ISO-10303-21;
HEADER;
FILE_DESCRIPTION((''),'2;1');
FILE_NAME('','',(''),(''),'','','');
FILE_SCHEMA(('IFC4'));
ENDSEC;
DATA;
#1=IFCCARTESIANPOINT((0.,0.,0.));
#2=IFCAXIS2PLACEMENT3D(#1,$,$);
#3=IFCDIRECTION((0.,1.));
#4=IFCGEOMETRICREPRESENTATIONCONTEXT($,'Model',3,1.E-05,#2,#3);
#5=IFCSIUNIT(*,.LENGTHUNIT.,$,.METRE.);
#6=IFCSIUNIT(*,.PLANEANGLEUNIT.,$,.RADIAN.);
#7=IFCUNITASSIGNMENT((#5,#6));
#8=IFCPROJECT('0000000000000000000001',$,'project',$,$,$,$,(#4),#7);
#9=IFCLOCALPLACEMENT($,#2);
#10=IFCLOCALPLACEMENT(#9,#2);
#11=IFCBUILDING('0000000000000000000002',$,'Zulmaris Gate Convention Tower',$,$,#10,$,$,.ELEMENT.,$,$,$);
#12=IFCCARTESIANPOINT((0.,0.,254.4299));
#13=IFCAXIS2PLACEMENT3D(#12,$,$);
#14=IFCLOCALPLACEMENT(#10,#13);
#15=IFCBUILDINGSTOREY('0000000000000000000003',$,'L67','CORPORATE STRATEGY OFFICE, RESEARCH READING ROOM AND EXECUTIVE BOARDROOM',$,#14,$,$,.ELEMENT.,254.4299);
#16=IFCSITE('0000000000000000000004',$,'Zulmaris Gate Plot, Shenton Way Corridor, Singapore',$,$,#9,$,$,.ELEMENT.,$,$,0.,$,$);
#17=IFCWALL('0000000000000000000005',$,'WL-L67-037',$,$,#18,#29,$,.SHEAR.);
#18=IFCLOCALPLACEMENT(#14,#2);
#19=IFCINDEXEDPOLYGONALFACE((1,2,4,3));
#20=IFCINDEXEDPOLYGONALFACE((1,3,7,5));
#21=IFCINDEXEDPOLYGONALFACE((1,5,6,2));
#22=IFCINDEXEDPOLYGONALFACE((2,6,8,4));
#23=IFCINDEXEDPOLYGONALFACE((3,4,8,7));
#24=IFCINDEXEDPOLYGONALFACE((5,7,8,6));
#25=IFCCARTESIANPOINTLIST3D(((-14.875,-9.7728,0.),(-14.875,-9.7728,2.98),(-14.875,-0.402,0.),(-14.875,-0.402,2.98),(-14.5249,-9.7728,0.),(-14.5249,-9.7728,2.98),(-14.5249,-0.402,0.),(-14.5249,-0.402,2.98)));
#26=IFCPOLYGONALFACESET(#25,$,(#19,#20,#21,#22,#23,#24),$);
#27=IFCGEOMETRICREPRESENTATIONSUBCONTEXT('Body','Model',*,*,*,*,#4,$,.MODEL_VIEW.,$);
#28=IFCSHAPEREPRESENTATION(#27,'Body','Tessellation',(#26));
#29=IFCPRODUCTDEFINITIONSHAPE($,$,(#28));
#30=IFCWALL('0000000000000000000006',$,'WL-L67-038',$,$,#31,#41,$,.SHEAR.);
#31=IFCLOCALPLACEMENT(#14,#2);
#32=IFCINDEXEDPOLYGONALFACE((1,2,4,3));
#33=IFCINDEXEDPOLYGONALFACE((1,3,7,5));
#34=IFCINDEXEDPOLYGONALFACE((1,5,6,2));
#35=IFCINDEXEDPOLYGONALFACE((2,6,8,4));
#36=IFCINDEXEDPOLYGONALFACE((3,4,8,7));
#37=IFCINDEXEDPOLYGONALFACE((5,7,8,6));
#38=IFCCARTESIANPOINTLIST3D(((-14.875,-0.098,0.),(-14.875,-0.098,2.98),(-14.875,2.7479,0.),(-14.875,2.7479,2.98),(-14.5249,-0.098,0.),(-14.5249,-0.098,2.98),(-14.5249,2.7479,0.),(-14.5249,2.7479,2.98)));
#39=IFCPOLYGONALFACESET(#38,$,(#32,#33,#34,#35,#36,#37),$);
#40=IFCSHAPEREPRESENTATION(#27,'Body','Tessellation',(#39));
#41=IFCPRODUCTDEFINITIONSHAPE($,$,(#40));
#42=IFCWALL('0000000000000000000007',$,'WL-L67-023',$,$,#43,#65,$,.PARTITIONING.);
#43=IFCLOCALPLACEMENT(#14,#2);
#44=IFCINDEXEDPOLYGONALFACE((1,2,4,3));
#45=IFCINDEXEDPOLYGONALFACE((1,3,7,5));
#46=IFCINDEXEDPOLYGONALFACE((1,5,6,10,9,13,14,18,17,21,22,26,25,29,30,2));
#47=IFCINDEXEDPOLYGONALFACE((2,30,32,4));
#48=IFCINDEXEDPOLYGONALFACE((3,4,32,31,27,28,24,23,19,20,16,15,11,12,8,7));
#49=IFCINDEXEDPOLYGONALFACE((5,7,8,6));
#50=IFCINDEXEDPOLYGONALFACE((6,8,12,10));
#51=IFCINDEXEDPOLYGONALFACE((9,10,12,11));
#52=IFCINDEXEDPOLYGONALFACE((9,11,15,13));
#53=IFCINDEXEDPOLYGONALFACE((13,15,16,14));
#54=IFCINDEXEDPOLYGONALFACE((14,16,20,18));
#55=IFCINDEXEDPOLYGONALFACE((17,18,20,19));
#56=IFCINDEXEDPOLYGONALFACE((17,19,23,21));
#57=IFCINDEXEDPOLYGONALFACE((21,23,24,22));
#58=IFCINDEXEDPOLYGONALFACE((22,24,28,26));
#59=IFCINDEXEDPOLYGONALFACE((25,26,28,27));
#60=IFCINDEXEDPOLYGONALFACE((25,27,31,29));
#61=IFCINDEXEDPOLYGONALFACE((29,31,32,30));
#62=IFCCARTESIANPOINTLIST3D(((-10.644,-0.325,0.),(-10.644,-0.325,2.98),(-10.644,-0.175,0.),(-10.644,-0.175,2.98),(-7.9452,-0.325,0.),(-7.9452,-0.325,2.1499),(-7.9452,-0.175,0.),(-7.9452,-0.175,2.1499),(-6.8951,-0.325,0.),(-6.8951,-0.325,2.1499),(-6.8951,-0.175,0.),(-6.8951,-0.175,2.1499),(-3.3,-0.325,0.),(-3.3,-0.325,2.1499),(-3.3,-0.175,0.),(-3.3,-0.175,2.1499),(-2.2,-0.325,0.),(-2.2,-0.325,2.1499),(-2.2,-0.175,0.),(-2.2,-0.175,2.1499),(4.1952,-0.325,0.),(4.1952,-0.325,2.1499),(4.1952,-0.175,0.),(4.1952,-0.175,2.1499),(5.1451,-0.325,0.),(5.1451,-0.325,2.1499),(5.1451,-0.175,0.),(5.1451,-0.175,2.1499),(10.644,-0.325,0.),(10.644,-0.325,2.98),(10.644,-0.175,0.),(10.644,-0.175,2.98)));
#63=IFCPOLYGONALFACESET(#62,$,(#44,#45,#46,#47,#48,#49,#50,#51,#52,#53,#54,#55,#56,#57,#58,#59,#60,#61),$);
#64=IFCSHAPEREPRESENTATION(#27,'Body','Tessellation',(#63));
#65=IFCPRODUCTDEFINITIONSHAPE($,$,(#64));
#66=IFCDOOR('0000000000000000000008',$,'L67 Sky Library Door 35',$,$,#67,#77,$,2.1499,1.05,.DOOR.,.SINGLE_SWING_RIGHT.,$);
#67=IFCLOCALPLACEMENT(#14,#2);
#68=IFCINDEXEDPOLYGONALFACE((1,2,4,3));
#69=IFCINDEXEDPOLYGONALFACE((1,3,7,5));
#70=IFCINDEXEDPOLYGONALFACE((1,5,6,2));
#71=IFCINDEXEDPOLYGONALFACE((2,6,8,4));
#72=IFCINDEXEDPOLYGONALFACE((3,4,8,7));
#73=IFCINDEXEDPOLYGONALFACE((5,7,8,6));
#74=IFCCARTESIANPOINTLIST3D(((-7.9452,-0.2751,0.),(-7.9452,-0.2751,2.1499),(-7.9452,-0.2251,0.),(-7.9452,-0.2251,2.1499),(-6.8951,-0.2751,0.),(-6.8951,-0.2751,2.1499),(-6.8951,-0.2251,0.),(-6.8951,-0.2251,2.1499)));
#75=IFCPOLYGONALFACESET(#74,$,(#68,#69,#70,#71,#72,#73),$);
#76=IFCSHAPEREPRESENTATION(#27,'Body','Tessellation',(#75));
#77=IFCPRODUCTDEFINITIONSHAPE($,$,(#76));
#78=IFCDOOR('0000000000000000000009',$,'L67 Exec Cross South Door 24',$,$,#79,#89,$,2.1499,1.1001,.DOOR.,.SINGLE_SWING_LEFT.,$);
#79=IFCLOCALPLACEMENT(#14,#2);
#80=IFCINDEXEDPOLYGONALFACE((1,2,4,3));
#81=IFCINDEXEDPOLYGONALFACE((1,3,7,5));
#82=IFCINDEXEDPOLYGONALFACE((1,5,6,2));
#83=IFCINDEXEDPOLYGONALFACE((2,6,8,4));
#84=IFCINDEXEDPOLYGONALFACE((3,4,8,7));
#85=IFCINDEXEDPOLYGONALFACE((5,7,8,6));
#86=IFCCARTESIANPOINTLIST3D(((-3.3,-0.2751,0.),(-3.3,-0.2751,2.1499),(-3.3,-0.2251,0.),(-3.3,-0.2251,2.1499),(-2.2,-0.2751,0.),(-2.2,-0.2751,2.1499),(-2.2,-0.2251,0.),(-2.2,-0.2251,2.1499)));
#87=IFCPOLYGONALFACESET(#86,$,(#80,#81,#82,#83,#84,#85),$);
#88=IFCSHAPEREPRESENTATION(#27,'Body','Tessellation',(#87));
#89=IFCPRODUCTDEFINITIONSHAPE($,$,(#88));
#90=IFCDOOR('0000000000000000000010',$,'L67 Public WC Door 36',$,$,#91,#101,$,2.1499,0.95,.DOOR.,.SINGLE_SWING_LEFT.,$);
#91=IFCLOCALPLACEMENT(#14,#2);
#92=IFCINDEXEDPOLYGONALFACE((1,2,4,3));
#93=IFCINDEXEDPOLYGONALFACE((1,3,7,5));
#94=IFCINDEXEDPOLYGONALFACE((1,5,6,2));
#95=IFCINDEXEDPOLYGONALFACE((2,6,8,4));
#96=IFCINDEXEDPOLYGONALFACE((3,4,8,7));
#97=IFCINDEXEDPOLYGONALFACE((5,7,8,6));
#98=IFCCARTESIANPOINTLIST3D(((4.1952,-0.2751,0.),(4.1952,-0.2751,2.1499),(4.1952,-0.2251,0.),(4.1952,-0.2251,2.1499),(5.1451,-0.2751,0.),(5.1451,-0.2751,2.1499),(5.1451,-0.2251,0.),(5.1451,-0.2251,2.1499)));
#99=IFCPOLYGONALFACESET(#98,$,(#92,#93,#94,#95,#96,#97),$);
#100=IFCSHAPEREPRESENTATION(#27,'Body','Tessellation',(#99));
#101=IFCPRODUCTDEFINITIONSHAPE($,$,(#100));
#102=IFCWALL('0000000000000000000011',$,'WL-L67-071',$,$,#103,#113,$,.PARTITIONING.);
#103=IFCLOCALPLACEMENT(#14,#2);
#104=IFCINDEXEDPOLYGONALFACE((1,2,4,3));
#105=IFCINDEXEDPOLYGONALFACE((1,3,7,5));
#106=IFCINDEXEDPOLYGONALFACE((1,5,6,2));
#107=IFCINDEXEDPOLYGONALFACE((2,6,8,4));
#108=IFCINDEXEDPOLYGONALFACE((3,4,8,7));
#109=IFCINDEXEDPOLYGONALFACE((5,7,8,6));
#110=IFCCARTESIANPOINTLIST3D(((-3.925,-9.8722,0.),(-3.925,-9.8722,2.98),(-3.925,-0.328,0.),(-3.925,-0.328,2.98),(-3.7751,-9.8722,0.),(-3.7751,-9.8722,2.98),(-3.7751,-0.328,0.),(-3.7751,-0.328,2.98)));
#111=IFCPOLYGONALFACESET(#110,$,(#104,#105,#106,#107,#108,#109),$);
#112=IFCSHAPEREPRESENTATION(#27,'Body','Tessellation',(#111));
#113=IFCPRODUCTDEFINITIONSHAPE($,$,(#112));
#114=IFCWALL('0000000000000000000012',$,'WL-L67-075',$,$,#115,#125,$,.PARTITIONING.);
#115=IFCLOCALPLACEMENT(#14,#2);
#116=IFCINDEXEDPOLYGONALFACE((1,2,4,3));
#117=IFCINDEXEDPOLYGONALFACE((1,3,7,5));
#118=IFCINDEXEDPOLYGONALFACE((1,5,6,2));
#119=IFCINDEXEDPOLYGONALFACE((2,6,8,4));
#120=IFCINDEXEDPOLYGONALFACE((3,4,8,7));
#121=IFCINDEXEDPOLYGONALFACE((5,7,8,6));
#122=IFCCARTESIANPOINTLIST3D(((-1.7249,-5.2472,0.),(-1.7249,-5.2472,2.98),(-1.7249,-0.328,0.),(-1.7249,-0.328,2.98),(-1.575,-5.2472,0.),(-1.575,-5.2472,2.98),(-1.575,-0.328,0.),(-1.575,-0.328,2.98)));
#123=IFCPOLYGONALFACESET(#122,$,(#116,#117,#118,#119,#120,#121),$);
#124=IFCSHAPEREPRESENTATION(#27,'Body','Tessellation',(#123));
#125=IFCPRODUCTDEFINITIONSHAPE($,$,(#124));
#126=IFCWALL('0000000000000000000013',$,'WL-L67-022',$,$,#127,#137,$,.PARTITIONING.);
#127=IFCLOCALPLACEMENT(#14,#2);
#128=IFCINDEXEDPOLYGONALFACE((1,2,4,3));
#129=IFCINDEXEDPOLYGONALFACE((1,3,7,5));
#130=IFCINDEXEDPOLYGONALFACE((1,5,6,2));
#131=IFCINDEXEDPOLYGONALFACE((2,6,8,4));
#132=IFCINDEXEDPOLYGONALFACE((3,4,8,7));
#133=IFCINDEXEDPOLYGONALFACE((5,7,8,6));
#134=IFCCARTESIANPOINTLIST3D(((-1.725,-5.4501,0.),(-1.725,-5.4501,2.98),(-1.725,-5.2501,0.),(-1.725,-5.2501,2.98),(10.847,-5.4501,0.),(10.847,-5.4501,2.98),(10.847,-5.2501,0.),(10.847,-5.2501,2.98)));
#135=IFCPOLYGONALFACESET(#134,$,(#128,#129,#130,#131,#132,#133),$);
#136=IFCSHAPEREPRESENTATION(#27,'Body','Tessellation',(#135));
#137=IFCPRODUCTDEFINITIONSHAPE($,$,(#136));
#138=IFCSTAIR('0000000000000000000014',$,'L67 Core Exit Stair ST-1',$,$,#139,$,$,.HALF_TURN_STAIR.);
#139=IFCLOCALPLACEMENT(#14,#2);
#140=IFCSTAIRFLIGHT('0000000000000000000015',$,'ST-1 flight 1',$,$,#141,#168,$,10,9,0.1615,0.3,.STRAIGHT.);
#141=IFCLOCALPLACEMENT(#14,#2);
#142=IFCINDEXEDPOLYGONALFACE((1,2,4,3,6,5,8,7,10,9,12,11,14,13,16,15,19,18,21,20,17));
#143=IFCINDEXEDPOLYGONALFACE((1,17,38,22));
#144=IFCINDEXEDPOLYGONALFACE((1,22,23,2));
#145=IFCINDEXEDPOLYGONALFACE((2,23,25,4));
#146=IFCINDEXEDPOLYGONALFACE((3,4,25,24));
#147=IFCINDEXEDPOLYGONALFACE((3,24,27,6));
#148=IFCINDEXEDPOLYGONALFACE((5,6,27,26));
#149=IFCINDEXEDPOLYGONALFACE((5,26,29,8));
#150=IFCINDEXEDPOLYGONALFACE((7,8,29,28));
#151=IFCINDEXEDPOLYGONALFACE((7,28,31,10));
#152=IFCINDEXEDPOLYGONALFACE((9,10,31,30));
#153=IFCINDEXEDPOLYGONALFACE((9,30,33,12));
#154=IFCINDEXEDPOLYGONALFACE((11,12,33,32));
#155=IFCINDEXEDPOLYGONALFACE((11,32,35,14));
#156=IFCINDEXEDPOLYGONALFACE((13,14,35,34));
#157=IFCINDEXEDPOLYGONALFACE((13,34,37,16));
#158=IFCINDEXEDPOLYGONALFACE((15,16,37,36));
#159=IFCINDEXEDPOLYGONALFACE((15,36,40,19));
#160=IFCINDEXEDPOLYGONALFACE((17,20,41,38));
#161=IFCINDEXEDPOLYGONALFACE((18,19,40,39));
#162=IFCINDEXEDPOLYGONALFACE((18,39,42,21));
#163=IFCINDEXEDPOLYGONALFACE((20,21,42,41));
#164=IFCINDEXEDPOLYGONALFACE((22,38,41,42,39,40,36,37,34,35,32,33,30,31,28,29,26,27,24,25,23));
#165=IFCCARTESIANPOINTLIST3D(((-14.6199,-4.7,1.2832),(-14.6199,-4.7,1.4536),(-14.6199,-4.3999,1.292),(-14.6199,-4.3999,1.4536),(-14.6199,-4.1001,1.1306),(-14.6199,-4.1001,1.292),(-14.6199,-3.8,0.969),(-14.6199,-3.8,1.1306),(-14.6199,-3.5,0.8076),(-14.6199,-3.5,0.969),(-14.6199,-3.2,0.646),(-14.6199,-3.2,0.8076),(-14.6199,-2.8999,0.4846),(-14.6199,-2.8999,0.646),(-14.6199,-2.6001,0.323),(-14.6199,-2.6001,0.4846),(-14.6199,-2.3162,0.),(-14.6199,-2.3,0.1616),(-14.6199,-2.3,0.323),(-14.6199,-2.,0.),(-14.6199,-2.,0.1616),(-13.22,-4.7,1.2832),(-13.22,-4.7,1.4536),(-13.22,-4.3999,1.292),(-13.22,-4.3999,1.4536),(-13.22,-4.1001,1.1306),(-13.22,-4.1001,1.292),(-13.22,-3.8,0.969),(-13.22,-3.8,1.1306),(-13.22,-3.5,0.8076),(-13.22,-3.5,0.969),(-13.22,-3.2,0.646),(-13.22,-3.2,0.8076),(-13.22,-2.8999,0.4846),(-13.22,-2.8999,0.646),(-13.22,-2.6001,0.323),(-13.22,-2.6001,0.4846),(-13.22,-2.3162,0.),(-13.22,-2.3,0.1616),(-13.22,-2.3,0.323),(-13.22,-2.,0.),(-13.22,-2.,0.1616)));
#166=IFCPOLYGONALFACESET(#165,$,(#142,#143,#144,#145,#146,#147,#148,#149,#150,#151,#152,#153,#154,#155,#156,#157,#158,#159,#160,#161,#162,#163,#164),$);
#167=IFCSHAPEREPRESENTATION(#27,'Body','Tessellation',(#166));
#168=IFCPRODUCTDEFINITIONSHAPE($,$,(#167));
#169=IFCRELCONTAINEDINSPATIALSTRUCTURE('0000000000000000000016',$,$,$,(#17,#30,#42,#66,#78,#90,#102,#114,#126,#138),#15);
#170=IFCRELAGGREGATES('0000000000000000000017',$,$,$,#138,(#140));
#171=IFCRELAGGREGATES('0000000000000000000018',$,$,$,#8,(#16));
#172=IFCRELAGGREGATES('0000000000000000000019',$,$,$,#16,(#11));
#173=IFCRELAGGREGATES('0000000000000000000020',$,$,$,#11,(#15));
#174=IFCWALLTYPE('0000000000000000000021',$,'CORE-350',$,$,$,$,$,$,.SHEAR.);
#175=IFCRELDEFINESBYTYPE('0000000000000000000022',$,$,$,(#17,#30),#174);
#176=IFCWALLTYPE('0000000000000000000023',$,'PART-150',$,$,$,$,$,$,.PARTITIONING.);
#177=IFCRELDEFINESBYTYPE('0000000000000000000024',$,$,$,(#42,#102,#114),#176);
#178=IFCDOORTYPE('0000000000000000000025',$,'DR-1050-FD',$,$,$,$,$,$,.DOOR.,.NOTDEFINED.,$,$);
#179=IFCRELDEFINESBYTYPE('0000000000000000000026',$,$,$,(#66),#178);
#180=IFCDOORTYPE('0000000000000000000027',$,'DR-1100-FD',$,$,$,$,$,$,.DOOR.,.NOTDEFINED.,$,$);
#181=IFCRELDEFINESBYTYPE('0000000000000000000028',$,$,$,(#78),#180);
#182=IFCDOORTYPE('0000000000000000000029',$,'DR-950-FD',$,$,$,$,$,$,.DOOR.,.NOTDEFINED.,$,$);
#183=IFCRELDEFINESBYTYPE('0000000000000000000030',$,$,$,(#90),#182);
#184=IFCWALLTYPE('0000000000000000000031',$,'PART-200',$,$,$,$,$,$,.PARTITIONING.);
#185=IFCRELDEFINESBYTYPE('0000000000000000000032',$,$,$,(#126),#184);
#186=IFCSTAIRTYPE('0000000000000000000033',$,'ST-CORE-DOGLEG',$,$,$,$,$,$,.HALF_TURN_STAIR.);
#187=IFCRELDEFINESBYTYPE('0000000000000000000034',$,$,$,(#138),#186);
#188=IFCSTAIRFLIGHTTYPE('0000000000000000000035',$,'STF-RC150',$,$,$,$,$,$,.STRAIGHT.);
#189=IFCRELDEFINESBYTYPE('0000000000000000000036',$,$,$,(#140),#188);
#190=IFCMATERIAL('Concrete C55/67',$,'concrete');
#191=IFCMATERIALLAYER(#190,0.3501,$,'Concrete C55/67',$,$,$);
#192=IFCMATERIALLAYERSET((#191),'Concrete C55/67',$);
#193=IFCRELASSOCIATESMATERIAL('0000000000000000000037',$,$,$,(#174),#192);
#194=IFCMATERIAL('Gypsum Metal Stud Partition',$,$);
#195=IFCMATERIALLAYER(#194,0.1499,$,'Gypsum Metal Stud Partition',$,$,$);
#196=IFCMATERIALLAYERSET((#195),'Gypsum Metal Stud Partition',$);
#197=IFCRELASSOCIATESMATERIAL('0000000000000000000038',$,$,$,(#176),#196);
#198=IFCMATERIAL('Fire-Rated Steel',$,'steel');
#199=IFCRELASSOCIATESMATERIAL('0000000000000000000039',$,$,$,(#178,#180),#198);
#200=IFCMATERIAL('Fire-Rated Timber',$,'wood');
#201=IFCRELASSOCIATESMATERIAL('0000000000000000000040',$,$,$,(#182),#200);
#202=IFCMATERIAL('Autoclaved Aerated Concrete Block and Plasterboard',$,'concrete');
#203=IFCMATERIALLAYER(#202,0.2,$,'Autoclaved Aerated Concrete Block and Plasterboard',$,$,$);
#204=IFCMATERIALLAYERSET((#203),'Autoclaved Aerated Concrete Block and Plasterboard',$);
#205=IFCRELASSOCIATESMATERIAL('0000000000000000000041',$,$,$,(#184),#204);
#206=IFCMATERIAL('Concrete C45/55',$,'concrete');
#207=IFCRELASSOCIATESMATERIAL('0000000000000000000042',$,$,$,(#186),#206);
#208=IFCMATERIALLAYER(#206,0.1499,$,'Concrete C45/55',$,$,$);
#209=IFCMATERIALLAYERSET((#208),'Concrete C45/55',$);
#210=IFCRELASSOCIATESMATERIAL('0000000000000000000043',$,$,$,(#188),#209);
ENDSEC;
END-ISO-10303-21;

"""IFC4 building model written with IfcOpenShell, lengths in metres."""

from ifc_helpers import new_model, si_unit, direction, frame, frame_2d, origin, place, context, subcontext, project, spatial, polyline, rectangle, outline, extrude, material, layer, layer_set, type_object, element, fill, aggregate, save


model = new_model("IFC4")

# Units and contexts
model_context = context("Model", 3, precision=1e-05, world=origin(), true_north=direction((0.0, 1.0)))
body_context = subcontext(model_context, "Body", "Model", "MODEL_VIEW")
ifc_project = project(units=[si_unit("LENGTHUNIT", "METRE"), si_unit("PLANEANGLEUNIT", "RADIAN")], contexts=[model_context])

# Site, building, storey
site_placement = place(None, origin())
site = spatial("IfcSite", under=ifc_project, at=site_placement, Name="Zulmaris Gate Plot, Shenton Way Corridor, Singapore", CompositionType="ELEMENT", RefElevation=0.0)
building_placement = place(site_placement, origin())
building = spatial("IfcBuilding", under=site, at=building_placement, Name="Zulmaris Gate Convention Tower", CompositionType="ELEMENT")
storey_placement = place(building_placement, frame((0.0, 0.0, 254.4299)))
storey = spatial("IfcBuildingStorey", under=building, at=storey_placement, Name="L67", Description="CORPORATE STRATEGY OFFICE, RESEARCH READING ROOM AND EXECUTIVE BOARDROOM", CompositionType="ELEMENT", Elevation=254.4299)

# Walls
ifc_material_1 = material(Name="Concrete C55/67", Category="concrete")
ifc_layer_1 = layer(ifc_material_1, 0.3501, Name="Concrete C55/67")
ifc_layer_set_1 = layer_set([ifc_layer_1], Name="Concrete C55/67")
wall_type_1 = type_object("IfcWallType", Name="CORE-350", PredefinedType="SHEAR", material=ifc_layer_set_1)
wall_1_placement = place(storey_placement, frame((-14.7, -9.7729, 0.0), z_axis=(0.0, 0.0, 1.0), x_axis=(0.0, 1.0, 0.0)))
element("IfcWall", 1, at=wall_1_placement, inside=storey, type_object=wall_type_1, Name="WL-L67-037", PredefinedType="SHEAR", context=body_context, shape_type="SweptSolid", body=[
    extrude(rectangle(XDim=9.3708, YDim=0.3501, at=frame_2d((4.6855, 0.0))), origin(), (0.0, 0.0, 1.0), 2.98),
])
wall_2_placement = place(storey_placement, frame((-14.7, -0.0979, 0.0), z_axis=(0.0, 0.0, 1.0), x_axis=(0.0, 1.0, 0.0)))
element("IfcWall", 2, at=wall_2_placement, inside=storey, type_object=wall_type_1, Name="WL-L67-038", PredefinedType="SHEAR", context=body_context, shape_type="SweptSolid", body=[
    extrude(rectangle(XDim=2.8459, YDim=0.3501, at=frame_2d((1.4229, 0.0))), origin(), (0.0, 0.0, 1.0), 2.98),
])

# Wall, openings, doors
ifc_material_2 = material(Name="Gypsum Metal Stud Partition")
ifc_layer_2 = layer(ifc_material_2, 0.1499, Name="Gypsum Metal Stud Partition")
ifc_layer_set_2 = layer_set([ifc_layer_2], Name="Gypsum Metal Stud Partition")
wall_type_2 = type_object("IfcWallType", Name="PART-150", PredefinedType="PARTITIONING", material=ifc_layer_set_2)
wall_3_placement = place(storey_placement, frame((-10.644, -0.25, 0.0), z_axis=(0.0, 0.0, 1.0), x_axis=(1.0, 0.0, 0.0)))
wall_3 = element("IfcWall", 3, at=wall_3_placement, inside=storey, type_object=wall_type_2, Name="WL-L67-023", PredefinedType="PARTITIONING", context=body_context, shape_type="SweptSolid", body=[
    extrude(rectangle(XDim=21.2881, YDim=0.1499, at=frame_2d((10.644, 0.0))), origin(), (0.0, 0.0, 1.0), 2.98),
])
opening_1_placement = place(wall_3_placement, frame((7.344, 0.0, 0.0)))
opening_1 = element("IfcOpeningElement", 4, at=opening_1_placement, cuts=wall_3, PredefinedType="OPENING", context=body_context, shape_type="SweptSolid", body=[
    extrude(rectangle(XDim=1.1001, YDim=2.1499, at=frame_2d((0.55, 1.075))), frame((0.0, 0.085, 0.0), z_axis=(0.0, -1.0, 0.0), x_axis=(1.0, 0.0, 0.0)), (0.0, 0.0, 1.0), 0.1699),
])
opening_2_placement = place(wall_3_placement, frame((2.699, 0.0, 0.0)))
opening_2 = element("IfcOpeningElement", 5, at=opening_2_placement, cuts=wall_3, PredefinedType="OPENING", context=body_context, shape_type="SweptSolid", body=[
    extrude(rectangle(XDim=1.05, YDim=2.1499, at=frame_2d((0.5249, 1.075))), frame((0.0, 0.085, 0.0), z_axis=(0.0, -1.0, 0.0), x_axis=(1.0, 0.0, 0.0)), (0.0, 0.0, 1.0), 0.1699),
])
opening_3_placement = place(wall_3_placement, frame((14.8391, 0.0, 0.0)))
opening_3 = element("IfcOpeningElement", 6, at=opening_3_placement, cuts=wall_3, PredefinedType="OPENING", context=body_context, shape_type="SweptSolid", body=[
    extrude(rectangle(XDim=0.95, YDim=2.1499, at=frame_2d((0.4751, 1.075))), frame((0.0, 0.085, 0.0), z_axis=(0.0, -1.0, 0.0), x_axis=(1.0, 0.0, 0.0)), (0.0, 0.0, 1.0), 0.1699),
])
ifc_material_3 = material(Name="Fire-Rated Steel", Category="steel")
door_type_1 = type_object("IfcDoorType", Name="DR-1050-FD", OperationType="NOTDEFINED", PredefinedType="DOOR", material=ifc_material_3)
door_1_placement = place(opening_2_placement, origin())
door_1 = element("IfcDoor", 7, at=door_1_placement, inside=storey, type_object=door_type_1, Name="L67 Sky Library Door 35", OperationType="SINGLE_SWING_RIGHT", OverallHeight=2.1499, OverallWidth=1.05, PredefinedType="DOOR", context=body_context, shape_type="SweptSolid", body=[
    extrude(rectangle(XDim=1.05, YDim=2.1499, at=frame_2d((0.5249, 1.075))), frame((0.0, 0.0249, 0.0), z_axis=(0.0, -1.0, 0.0), x_axis=(1.0, 0.0, 0.0)), (0.0, 0.0, 1.0), 0.05),
])
fill(opening_2, door_1)
door_type_2 = type_object("IfcDoorType", Name="DR-1100-FD", OperationType="NOTDEFINED", PredefinedType="DOOR", material=ifc_material_3)
door_2_placement = place(opening_1_placement, origin())
door_2 = element("IfcDoor", 8, at=door_2_placement, inside=storey, type_object=door_type_2, Name="L67 Exec Cross South Door 24", OperationType="SINGLE_SWING_LEFT", OverallHeight=2.1499, OverallWidth=1.1001, PredefinedType="DOOR", context=body_context, shape_type="SweptSolid", body=[
    extrude(rectangle(XDim=1.1001, YDim=2.1499, at=frame_2d((0.55, 1.075))), frame((0.0, 0.0249, 0.0), z_axis=(0.0, -1.0, 0.0), x_axis=(1.0, 0.0, 0.0)), (0.0, 0.0, 1.0), 0.05),
])
fill(opening_1, door_2)
ifc_material_4 = material(Name="Fire-Rated Timber", Category="wood")
door_type_3 = type_object("IfcDoorType", Name="DR-950-FD", OperationType="NOTDEFINED", PredefinedType="DOOR", material=ifc_material_4)
door_3_placement = place(opening_3_placement, origin())
door_3 = element("IfcDoor", 9, at=door_3_placement, inside=storey, type_object=door_type_3, Name="L67 Public WC Door 36", OperationType="SINGLE_SWING_LEFT", OverallHeight=2.1499, OverallWidth=0.95, PredefinedType="DOOR", context=body_context, shape_type="SweptSolid", body=[
    extrude(rectangle(XDim=0.95, YDim=2.1499, at=frame_2d((0.4751, 1.075))), frame((0.0, 0.0249, 0.0), z_axis=(0.0, -1.0, 0.0), x_axis=(1.0, 0.0, 0.0)), (0.0, 0.0, 1.0), 0.05),
])
fill(opening_3, door_3)

# Wall
wall_4_placement = place(storey_placement, frame((-3.8501, -9.8721, 0.0), z_axis=(0.0, 0.0, 1.0), x_axis=(0.0, 1.0, 0.0)))
element("IfcWall", 10, at=wall_4_placement, inside=storey, type_object=wall_type_2, Name="WL-L67-071", PredefinedType="PARTITIONING", context=body_context, shape_type="SweptSolid", body=[
    extrude(rectangle(XDim=9.5442, YDim=0.1499, at=frame_2d((4.772, 0.0))), origin(), (0.0, 0.0, 1.0), 2.98),
])

# Walls
wall_5_placement = place(storey_placement, frame((-1.6499, -5.2471, 0.0), z_axis=(0.0, 0.0, 1.0), x_axis=(0.0, 1.0, 0.0)))
element("IfcWall", 11, at=wall_5_placement, inside=storey, type_object=wall_type_2, Name="WL-L67-075", PredefinedType="PARTITIONING", context=body_context, shape_type="SweptSolid", body=[
    extrude(rectangle(XDim=4.9192, YDim=0.1499, at=frame_2d((2.4595, 0.0))), origin(), (0.0, 0.0, 1.0), 2.98),
])
ifc_material_5 = material(Name="Autoclaved Aerated Concrete Block and Plasterboard", Category="concrete")
ifc_layer_3 = layer(ifc_material_5, 0.2, Name="Autoclaved Aerated Concrete Block and Plasterboard")
ifc_layer_set_3 = layer_set([ifc_layer_3], Name="Autoclaved Aerated Concrete Block and Plasterboard")
wall_type_3 = type_object("IfcWallType", Name="PART-200", PredefinedType="PARTITIONING", material=ifc_layer_set_3)
wall_6_placement = place(storey_placement, frame((-1.7251, -5.3501, 0.0), z_axis=(0.0, 0.0, 1.0), x_axis=(1.0, 0.0, 0.0)))
element("IfcWall", 12, at=wall_6_placement, inside=storey, type_object=wall_type_3, Name="WL-L67-022", PredefinedType="PARTITIONING", context=body_context, shape_type="SweptSolid", body=[
    extrude(rectangle(XDim=12.572, YDim=0.2, at=frame_2d((6.2861, 0.0))), origin(), (0.0, 0.0, 1.0), 2.98),
])

# Stair, stair flight
ifc_material_6 = material(Name="Concrete C45/55", Category="concrete")
stair_type = type_object("IfcStairType", Name="ST-CORE-DOGLEG", PredefinedType="HALF_TURN_STAIR", material=ifc_material_6)
stair_placement = place(storey_placement, origin())
stair = element("IfcStair", 13, at=stair_placement, inside=storey, type_object=stair_type, Name="L67 Core Exit Stair ST-1", PredefinedType="HALF_TURN_STAIR")
ifc_layer_4 = layer(ifc_material_6, 0.1499, Name="Concrete C45/55")
ifc_layer_set_4 = layer_set([ifc_layer_4], Name="Concrete C45/55")
stair_flight_type = type_object("IfcStairFlightType", Name="STF-RC150", PredefinedType="STRAIGHT", material=ifc_layer_set_4)
stair_flight_1_placement = place(storey_placement, frame((-13.9199, -2.0, 0.0), z_axis=(0.0, 0.0, 1.0), x_axis=(0.0, -1.0, 0.0)))
stair_flight_1 = element("IfcStairFlight", 14, at=stair_flight_1_placement, type_object=stair_flight_type, Name="ST-1 flight 1", NumberOfRisers=10, NumberOfTreads=9, PredefinedType="STRAIGHT", RiserHeight=0.1615, TreadLength=0.3, context=body_context, shape_type="SweptSolid", body=[
    extrude(outline(polyline([(0.0, 0.0), (0.0, 0.1616), (0.3, 0.1616), (0.3, 0.323), (0.6001, 0.323), (0.6001, 0.4846), (0.8999, 0.4846), (0.8999, 0.646), (1.2, 0.646), (1.2, 0.8076), (1.5, 0.8076), (1.5, 0.969), (1.8, 0.969), (1.8, 1.1306), (2.1001, 1.1306), (2.1001, 1.292), (2.3999, 1.292), (2.3999, 1.4536), (2.7, 1.4536), (2.7, 1.615), (2.7, 1.2832), (0.3162, 0.0), (0.0, 0.0)])), frame((0.0, 0.7, 0.0), z_axis=(0.0, -1.0, 0.0), x_axis=(1.0, 0.0, 0.0)), (0.0, 0.0, 1.0), 1.3999),
])
aggregate(stair, [stair_flight_1])

save(model, "model.ifc")
